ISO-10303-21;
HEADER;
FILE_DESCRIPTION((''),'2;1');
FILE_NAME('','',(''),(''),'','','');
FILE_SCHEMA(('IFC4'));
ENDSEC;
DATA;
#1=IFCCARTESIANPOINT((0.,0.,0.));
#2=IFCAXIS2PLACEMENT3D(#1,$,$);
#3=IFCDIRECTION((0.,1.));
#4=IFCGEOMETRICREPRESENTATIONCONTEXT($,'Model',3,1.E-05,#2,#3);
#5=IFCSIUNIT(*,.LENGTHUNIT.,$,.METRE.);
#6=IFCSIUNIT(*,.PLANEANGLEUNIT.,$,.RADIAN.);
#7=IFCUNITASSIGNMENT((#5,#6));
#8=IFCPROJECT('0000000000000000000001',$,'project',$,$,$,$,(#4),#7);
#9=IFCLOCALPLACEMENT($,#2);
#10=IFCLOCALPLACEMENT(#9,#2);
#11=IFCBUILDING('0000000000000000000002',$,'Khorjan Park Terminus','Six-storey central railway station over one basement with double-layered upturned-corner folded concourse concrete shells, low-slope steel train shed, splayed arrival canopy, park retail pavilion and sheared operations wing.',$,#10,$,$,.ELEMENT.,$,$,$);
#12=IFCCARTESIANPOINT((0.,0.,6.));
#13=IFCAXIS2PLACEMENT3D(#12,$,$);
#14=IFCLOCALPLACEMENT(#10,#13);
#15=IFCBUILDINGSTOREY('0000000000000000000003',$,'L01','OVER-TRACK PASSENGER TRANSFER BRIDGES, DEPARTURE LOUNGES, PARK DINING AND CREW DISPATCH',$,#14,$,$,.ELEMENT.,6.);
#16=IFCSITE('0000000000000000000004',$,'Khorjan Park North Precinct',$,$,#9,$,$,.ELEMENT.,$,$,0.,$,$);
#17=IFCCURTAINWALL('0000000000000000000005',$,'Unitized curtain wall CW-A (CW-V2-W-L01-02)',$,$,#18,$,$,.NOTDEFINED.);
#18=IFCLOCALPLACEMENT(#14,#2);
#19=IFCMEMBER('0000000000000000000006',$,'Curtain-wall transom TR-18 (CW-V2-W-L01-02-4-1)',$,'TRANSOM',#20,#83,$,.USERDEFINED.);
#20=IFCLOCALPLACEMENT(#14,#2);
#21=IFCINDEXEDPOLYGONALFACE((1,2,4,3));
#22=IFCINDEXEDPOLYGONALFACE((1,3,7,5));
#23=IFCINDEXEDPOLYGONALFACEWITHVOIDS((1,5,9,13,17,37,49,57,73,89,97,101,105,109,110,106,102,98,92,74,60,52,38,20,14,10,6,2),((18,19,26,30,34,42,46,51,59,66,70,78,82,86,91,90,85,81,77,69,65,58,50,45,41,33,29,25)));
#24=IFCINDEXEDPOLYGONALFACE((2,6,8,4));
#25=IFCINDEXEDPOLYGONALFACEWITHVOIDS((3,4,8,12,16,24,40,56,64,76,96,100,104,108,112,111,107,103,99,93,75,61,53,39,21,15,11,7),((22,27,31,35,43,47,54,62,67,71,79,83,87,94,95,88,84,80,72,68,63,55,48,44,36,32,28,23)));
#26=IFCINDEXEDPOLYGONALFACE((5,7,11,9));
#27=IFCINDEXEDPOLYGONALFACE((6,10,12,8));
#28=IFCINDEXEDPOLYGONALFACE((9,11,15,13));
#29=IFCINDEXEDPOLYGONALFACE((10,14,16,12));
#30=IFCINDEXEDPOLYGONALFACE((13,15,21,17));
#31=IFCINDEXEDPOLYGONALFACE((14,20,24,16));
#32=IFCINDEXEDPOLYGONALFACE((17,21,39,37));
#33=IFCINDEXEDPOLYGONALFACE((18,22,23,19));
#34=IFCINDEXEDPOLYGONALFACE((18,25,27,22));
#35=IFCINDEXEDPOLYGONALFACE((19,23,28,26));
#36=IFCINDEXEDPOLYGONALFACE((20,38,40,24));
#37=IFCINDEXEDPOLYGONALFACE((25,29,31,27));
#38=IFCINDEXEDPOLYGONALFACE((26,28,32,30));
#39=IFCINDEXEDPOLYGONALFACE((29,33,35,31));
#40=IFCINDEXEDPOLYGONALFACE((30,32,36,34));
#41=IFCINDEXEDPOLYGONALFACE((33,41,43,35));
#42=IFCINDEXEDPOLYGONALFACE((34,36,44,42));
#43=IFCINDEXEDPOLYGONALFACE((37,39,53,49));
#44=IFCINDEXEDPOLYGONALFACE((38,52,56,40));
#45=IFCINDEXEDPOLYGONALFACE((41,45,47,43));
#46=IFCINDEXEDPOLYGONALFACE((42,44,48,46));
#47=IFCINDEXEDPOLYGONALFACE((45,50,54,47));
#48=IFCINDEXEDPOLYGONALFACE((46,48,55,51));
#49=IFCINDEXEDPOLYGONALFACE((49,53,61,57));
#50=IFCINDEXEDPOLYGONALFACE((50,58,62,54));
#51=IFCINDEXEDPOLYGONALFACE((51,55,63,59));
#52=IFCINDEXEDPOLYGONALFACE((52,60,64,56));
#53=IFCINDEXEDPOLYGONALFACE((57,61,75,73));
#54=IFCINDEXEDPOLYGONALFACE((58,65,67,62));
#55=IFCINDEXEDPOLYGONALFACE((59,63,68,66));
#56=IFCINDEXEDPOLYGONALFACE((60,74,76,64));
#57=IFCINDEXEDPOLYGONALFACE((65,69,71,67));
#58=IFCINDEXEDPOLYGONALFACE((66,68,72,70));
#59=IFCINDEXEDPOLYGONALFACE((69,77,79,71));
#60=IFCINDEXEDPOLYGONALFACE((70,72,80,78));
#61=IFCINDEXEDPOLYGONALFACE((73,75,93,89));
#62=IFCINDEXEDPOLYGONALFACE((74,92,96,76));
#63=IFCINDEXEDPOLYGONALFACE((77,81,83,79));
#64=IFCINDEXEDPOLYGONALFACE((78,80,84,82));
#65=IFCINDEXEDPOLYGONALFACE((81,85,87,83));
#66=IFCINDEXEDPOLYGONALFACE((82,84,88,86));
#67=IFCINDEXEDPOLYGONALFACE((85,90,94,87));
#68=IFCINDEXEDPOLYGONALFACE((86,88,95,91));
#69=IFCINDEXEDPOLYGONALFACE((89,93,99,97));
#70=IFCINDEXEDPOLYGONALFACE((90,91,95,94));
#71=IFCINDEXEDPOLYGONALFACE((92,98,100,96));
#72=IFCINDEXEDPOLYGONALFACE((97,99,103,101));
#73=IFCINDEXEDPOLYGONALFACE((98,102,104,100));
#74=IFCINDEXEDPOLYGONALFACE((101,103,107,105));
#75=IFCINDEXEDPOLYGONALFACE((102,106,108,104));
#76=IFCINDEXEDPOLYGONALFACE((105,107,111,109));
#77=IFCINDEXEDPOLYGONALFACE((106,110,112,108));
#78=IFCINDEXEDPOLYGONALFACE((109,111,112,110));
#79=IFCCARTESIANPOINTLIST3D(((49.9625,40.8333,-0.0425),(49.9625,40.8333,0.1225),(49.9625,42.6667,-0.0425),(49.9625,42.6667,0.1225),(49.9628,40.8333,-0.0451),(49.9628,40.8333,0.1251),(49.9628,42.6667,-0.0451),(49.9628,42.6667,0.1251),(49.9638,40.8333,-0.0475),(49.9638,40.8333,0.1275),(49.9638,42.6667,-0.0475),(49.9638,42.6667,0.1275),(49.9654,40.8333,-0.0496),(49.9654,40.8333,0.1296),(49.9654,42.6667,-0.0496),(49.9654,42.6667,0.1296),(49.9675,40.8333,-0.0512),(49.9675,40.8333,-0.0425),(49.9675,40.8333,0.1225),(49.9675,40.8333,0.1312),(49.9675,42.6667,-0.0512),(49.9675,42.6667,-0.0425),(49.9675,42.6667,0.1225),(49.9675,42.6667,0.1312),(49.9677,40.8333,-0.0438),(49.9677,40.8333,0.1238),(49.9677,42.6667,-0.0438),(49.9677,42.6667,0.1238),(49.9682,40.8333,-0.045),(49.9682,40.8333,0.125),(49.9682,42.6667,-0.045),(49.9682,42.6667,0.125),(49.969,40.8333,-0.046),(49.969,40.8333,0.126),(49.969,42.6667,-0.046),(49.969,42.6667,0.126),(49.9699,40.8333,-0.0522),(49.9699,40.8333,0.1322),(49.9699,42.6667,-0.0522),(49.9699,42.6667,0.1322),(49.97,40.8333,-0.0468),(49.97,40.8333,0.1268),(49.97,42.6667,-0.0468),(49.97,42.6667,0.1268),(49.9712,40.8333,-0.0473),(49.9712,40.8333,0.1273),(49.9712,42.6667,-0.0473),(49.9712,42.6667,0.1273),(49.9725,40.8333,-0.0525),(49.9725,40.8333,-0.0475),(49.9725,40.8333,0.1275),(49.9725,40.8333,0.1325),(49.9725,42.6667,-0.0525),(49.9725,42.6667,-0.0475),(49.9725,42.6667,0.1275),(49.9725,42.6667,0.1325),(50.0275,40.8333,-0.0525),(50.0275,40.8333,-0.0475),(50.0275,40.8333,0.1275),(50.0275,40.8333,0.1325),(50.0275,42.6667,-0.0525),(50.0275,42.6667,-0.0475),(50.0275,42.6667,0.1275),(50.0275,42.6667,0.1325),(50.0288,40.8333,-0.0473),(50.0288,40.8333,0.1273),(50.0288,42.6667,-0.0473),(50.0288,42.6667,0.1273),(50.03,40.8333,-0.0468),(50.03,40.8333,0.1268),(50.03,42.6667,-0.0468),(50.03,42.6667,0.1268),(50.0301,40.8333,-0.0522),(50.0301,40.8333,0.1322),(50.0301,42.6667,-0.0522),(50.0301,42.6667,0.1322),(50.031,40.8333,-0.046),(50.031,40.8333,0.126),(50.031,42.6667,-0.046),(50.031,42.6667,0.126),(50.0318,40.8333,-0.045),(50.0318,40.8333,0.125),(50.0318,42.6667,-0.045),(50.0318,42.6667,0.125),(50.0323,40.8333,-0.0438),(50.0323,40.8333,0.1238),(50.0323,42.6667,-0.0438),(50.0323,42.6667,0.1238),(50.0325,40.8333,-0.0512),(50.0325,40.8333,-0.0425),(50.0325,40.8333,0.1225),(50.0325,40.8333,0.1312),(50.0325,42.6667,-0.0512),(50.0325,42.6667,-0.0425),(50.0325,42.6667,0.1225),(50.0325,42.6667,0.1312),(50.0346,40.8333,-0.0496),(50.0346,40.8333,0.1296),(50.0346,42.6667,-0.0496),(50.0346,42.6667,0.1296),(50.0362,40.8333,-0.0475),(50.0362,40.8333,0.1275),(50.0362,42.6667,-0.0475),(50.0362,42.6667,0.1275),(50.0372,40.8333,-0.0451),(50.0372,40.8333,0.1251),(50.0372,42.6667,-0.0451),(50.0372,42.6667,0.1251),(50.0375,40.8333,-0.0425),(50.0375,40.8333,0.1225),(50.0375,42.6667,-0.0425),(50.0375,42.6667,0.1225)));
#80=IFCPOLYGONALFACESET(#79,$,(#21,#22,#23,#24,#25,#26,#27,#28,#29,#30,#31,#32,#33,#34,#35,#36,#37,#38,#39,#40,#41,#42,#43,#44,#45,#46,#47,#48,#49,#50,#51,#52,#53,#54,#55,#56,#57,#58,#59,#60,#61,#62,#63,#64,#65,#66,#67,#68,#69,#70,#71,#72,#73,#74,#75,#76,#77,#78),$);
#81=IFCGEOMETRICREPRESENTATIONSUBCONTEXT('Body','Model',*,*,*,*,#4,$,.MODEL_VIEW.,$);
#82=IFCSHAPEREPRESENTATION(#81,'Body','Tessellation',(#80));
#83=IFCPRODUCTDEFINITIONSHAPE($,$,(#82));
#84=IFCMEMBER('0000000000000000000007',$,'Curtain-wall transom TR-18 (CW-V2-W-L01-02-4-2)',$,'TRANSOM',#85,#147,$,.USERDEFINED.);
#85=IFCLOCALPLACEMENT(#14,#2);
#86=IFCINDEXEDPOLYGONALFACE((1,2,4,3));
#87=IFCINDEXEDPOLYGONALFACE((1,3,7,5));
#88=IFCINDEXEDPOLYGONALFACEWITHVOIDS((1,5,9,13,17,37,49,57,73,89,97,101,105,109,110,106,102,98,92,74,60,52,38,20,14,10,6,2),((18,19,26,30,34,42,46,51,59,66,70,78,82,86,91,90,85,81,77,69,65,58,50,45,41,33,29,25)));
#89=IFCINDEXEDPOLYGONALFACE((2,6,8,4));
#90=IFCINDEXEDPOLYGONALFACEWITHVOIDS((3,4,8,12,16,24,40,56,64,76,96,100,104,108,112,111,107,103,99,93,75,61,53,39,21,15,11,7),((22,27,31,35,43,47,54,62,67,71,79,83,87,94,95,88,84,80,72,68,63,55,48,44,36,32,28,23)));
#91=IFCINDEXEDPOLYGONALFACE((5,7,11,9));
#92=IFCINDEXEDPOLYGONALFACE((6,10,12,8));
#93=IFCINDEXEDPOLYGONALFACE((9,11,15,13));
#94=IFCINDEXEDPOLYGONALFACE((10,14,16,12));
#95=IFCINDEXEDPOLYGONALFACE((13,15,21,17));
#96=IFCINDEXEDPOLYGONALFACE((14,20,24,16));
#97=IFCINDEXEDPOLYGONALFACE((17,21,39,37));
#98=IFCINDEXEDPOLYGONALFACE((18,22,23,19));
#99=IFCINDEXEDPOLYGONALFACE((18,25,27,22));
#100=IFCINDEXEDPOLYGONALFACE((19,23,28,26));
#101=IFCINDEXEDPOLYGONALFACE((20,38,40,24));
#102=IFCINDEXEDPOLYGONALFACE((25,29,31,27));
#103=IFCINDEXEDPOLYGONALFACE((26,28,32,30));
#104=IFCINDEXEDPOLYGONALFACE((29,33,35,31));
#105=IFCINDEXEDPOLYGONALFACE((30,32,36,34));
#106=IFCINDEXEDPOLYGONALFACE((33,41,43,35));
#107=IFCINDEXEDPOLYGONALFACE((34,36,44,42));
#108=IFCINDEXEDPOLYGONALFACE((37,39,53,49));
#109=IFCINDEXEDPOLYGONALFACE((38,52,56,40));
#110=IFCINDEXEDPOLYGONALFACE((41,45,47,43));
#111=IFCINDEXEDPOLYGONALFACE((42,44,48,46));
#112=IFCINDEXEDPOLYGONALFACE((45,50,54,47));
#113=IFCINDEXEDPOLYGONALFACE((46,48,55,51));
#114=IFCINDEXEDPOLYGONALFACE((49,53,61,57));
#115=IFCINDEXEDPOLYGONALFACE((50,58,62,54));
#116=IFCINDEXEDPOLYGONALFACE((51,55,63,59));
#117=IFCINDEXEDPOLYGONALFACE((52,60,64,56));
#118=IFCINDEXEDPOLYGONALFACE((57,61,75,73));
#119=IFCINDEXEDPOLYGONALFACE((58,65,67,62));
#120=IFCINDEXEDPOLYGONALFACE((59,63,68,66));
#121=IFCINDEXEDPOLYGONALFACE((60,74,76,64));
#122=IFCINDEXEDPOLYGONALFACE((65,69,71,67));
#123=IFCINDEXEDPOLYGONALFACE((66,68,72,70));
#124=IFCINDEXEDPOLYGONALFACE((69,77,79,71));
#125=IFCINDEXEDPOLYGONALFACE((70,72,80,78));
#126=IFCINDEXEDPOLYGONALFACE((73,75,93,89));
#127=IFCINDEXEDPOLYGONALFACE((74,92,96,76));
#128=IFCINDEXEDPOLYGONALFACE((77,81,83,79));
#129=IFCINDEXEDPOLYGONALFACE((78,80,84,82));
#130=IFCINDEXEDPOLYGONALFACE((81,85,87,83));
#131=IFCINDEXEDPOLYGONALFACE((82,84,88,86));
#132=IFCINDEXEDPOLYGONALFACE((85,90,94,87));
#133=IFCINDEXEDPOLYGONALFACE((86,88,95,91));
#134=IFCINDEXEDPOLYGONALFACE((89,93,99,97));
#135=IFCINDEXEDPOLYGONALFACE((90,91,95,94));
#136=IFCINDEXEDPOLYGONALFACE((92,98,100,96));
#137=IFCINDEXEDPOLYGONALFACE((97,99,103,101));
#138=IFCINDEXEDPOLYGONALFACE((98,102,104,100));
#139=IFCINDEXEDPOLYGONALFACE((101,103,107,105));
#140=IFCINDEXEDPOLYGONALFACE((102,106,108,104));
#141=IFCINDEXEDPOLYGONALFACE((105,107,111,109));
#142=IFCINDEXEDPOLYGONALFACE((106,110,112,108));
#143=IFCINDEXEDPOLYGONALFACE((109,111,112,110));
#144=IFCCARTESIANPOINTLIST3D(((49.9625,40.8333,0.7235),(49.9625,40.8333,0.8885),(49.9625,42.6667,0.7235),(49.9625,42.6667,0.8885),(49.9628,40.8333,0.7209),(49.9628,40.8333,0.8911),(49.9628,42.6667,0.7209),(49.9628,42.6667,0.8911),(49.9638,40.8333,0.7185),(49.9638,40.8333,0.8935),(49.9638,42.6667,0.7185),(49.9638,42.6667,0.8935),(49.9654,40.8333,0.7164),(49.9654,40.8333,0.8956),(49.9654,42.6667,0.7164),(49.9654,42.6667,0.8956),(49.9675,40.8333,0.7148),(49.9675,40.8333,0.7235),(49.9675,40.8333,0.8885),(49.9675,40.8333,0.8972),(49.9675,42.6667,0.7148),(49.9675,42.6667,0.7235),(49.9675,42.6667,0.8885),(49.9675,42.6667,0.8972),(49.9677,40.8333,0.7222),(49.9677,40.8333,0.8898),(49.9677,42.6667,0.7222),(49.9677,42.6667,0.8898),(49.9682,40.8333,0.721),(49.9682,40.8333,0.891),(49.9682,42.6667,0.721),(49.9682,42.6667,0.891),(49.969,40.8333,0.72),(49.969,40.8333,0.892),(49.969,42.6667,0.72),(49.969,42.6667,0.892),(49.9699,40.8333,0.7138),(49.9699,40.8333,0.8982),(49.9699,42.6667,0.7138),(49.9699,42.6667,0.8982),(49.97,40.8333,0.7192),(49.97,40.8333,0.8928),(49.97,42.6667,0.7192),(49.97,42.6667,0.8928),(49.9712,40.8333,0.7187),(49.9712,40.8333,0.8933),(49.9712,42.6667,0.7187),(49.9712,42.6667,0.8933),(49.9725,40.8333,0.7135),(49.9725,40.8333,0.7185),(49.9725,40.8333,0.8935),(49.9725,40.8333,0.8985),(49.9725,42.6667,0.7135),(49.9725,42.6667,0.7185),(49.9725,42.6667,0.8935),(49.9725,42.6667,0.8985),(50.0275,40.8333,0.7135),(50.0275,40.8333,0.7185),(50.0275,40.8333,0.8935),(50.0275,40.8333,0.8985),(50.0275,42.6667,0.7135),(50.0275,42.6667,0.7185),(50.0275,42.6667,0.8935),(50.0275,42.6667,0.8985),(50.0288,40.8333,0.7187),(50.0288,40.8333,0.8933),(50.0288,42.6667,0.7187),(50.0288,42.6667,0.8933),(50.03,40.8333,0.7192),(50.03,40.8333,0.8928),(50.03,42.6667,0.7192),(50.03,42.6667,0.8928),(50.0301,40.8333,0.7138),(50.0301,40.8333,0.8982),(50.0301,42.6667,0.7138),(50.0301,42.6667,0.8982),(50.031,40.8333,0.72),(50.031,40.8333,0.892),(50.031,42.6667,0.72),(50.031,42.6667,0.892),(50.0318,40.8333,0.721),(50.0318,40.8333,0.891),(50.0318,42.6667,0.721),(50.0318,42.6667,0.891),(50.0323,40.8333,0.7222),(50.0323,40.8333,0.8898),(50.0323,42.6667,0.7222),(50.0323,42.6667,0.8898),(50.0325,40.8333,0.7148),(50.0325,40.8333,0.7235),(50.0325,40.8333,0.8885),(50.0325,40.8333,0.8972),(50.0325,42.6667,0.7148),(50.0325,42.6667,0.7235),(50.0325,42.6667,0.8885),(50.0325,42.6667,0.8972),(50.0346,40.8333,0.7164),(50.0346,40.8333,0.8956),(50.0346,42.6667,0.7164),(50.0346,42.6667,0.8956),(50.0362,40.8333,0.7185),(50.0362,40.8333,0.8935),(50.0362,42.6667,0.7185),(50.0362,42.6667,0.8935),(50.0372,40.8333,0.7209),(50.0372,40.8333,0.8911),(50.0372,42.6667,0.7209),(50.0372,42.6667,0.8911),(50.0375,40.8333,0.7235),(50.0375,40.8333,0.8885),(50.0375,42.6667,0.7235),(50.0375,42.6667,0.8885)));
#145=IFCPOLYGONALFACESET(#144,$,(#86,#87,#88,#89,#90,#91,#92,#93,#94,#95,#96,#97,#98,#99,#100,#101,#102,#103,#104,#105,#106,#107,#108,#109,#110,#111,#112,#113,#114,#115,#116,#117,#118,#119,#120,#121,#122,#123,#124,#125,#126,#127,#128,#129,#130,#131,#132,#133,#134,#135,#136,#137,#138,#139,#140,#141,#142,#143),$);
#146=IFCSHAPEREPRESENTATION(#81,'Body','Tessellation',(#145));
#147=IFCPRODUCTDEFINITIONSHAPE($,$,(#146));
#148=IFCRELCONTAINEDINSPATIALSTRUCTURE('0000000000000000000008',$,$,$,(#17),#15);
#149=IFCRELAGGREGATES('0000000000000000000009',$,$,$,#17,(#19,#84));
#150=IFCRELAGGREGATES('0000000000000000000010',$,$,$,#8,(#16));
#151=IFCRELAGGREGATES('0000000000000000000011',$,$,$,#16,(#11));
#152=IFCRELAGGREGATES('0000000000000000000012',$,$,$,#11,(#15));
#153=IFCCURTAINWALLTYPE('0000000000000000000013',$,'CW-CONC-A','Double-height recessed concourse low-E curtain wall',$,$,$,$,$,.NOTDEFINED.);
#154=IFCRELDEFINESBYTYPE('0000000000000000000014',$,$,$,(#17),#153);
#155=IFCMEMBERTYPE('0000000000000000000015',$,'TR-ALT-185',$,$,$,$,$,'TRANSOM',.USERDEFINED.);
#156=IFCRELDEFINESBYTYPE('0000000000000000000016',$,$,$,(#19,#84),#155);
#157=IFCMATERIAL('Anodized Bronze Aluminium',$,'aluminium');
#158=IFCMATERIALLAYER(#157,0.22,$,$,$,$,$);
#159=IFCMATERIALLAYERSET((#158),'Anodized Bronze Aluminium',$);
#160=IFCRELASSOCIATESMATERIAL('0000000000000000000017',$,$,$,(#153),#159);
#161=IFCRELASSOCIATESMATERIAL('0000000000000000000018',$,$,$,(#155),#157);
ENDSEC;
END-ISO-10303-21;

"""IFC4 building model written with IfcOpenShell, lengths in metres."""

from ifc_helpers import new_model, si_unit, direction, frame, origin, origin_2d, place, context, subcontext, project, spatial, hollow_rectangle, extrude, material, layer, layer_set, material_profile, profile_set, type_object, element, aggregate, save


model = new_model("IFC4")

# Units and contexts
model_context = context("Model", 3, precision=1e-05, world=origin(), true_north=direction((0.0, 1.0)))
body_context = subcontext(model_context, "Body", "Model", "MODEL_VIEW")
ifc_project = project(units=[si_unit("LENGTHUNIT", "METRE"), si_unit("PLANEANGLEUNIT", "RADIAN")], contexts=[model_context])

# Site, building, storey
site_placement = place(None, origin())
site = spatial("IfcSite", under=ifc_project, at=site_placement, Name="Khorjan Park North Precinct", CompositionType="ELEMENT", RefElevation=0.0)
building_placement = place(site_placement, origin())
building = spatial("IfcBuilding", under=site, at=building_placement, Name="Khorjan Park Terminus", Description="Six-storey central railway station over one basement with double-layered upturned-corner folded concourse concrete shells, low-slope steel train shed, splayed arrival canopy, park retail pavilion and sheared operations wing.", CompositionType="ELEMENT")
storey_placement = place(building_placement, frame((0.0, 0.0, 6.0)))
storey = spatial("IfcBuildingStorey", under=building, at=storey_placement, Name="L01", Description="OVER-TRACK PASSENGER TRANSFER BRIDGES, DEPARTURE LOUNGES, PARK DINING AND CREW DISPATCH", CompositionType="ELEMENT", Elevation=6.0)

# Curtain wall
ifc_material_1 = material(Name="Anodized Bronze Aluminium", Category="aluminium")
ifc_layer_1 = layer(ifc_material_1, 0.22)
ifc_layer_set_1 = layer_set([ifc_layer_1], Name="Anodized Bronze Aluminium")
curtain_wall_type_1 = type_object("IfcCurtainWallType", Name="CW-CONC-A", Description="Double-height recessed concourse low-E curtain wall", PredefinedType="NOTDEFINED", material=ifc_layer_set_1)
curtain_wall_1_placement = place(storey_placement, origin())
curtain_wall_1 = element("IfcCurtainWall", 1, at=curtain_wall_1_placement, inside=storey, type_object=curtain_wall_type_1, Name="Unitized curtain wall CW-A (CW-V2-W-L01-02)", PredefinedType="NOTDEFINED")

# Members
ifc_material_profile_1 = material_profile(ifc_material_1, hollow_rectangle(XDim=0.075, YDim=0.185, WallThickness=0.005, InnerFilletRadius=0.005, OuterFilletRadius=0.01, at=origin_2d()), Name="ALT 75x185x5")
ifc_profile_set_1 = profile_set([ifc_material_profile_1], Name="Anodized Bronze Aluminium")
member_type_1 = type_object("IfcMemberType", Name="TR-ALT-185", ElementType="TRANSOM", PredefinedType="USERDEFINED", material=ifc_profile_set_1)
member_1_placement = place(storey_placement, frame((50.0, 42.6667, 0.04), z_axis=(0.0, -1.0, 0.0), x_axis=(1.0, 0.0, 0.0)))
member_1 = element("IfcMember", 2, at=member_1_placement, type_object=member_type_1, Name="Curtain-wall transom TR-18 (CW-V2-W-L01-02-4-1)", ObjectType="TRANSOM", PredefinedType="USERDEFINED", context=body_context, shape_type="SweptSolid", body=[
    extrude(hollow_rectangle(XDim=0.075, YDim=0.185, WallThickness=0.005, InnerFilletRadius=0.005, OuterFilletRadius=0.01, at=origin_2d()), origin(), (0.0, 0.0, 1.0), 1.8334),
])
member_2_placement = place(storey_placement, frame((50.0, 42.6667, 0.806), z_axis=(0.0, -1.0, 0.0), x_axis=(1.0, 0.0, 0.0)))
member_2 = element("IfcMember", 3, at=member_2_placement, type_object=member_type_1, Name="Curtain-wall transom TR-18 (CW-V2-W-L01-02-4-2)", ObjectType="TRANSOM", PredefinedType="USERDEFINED", context=body_context, shape_type="SweptSolid", body=[
    extrude(hollow_rectangle(XDim=0.075, YDim=0.185, WallThickness=0.005, InnerFilletRadius=0.005, OuterFilletRadius=0.01, at=origin_2d()), origin(), (0.0, 0.0, 1.0), 1.8334),
])

aggregate(curtain_wall_1, [member_1, member_2])

save(model, "model.ifc")
